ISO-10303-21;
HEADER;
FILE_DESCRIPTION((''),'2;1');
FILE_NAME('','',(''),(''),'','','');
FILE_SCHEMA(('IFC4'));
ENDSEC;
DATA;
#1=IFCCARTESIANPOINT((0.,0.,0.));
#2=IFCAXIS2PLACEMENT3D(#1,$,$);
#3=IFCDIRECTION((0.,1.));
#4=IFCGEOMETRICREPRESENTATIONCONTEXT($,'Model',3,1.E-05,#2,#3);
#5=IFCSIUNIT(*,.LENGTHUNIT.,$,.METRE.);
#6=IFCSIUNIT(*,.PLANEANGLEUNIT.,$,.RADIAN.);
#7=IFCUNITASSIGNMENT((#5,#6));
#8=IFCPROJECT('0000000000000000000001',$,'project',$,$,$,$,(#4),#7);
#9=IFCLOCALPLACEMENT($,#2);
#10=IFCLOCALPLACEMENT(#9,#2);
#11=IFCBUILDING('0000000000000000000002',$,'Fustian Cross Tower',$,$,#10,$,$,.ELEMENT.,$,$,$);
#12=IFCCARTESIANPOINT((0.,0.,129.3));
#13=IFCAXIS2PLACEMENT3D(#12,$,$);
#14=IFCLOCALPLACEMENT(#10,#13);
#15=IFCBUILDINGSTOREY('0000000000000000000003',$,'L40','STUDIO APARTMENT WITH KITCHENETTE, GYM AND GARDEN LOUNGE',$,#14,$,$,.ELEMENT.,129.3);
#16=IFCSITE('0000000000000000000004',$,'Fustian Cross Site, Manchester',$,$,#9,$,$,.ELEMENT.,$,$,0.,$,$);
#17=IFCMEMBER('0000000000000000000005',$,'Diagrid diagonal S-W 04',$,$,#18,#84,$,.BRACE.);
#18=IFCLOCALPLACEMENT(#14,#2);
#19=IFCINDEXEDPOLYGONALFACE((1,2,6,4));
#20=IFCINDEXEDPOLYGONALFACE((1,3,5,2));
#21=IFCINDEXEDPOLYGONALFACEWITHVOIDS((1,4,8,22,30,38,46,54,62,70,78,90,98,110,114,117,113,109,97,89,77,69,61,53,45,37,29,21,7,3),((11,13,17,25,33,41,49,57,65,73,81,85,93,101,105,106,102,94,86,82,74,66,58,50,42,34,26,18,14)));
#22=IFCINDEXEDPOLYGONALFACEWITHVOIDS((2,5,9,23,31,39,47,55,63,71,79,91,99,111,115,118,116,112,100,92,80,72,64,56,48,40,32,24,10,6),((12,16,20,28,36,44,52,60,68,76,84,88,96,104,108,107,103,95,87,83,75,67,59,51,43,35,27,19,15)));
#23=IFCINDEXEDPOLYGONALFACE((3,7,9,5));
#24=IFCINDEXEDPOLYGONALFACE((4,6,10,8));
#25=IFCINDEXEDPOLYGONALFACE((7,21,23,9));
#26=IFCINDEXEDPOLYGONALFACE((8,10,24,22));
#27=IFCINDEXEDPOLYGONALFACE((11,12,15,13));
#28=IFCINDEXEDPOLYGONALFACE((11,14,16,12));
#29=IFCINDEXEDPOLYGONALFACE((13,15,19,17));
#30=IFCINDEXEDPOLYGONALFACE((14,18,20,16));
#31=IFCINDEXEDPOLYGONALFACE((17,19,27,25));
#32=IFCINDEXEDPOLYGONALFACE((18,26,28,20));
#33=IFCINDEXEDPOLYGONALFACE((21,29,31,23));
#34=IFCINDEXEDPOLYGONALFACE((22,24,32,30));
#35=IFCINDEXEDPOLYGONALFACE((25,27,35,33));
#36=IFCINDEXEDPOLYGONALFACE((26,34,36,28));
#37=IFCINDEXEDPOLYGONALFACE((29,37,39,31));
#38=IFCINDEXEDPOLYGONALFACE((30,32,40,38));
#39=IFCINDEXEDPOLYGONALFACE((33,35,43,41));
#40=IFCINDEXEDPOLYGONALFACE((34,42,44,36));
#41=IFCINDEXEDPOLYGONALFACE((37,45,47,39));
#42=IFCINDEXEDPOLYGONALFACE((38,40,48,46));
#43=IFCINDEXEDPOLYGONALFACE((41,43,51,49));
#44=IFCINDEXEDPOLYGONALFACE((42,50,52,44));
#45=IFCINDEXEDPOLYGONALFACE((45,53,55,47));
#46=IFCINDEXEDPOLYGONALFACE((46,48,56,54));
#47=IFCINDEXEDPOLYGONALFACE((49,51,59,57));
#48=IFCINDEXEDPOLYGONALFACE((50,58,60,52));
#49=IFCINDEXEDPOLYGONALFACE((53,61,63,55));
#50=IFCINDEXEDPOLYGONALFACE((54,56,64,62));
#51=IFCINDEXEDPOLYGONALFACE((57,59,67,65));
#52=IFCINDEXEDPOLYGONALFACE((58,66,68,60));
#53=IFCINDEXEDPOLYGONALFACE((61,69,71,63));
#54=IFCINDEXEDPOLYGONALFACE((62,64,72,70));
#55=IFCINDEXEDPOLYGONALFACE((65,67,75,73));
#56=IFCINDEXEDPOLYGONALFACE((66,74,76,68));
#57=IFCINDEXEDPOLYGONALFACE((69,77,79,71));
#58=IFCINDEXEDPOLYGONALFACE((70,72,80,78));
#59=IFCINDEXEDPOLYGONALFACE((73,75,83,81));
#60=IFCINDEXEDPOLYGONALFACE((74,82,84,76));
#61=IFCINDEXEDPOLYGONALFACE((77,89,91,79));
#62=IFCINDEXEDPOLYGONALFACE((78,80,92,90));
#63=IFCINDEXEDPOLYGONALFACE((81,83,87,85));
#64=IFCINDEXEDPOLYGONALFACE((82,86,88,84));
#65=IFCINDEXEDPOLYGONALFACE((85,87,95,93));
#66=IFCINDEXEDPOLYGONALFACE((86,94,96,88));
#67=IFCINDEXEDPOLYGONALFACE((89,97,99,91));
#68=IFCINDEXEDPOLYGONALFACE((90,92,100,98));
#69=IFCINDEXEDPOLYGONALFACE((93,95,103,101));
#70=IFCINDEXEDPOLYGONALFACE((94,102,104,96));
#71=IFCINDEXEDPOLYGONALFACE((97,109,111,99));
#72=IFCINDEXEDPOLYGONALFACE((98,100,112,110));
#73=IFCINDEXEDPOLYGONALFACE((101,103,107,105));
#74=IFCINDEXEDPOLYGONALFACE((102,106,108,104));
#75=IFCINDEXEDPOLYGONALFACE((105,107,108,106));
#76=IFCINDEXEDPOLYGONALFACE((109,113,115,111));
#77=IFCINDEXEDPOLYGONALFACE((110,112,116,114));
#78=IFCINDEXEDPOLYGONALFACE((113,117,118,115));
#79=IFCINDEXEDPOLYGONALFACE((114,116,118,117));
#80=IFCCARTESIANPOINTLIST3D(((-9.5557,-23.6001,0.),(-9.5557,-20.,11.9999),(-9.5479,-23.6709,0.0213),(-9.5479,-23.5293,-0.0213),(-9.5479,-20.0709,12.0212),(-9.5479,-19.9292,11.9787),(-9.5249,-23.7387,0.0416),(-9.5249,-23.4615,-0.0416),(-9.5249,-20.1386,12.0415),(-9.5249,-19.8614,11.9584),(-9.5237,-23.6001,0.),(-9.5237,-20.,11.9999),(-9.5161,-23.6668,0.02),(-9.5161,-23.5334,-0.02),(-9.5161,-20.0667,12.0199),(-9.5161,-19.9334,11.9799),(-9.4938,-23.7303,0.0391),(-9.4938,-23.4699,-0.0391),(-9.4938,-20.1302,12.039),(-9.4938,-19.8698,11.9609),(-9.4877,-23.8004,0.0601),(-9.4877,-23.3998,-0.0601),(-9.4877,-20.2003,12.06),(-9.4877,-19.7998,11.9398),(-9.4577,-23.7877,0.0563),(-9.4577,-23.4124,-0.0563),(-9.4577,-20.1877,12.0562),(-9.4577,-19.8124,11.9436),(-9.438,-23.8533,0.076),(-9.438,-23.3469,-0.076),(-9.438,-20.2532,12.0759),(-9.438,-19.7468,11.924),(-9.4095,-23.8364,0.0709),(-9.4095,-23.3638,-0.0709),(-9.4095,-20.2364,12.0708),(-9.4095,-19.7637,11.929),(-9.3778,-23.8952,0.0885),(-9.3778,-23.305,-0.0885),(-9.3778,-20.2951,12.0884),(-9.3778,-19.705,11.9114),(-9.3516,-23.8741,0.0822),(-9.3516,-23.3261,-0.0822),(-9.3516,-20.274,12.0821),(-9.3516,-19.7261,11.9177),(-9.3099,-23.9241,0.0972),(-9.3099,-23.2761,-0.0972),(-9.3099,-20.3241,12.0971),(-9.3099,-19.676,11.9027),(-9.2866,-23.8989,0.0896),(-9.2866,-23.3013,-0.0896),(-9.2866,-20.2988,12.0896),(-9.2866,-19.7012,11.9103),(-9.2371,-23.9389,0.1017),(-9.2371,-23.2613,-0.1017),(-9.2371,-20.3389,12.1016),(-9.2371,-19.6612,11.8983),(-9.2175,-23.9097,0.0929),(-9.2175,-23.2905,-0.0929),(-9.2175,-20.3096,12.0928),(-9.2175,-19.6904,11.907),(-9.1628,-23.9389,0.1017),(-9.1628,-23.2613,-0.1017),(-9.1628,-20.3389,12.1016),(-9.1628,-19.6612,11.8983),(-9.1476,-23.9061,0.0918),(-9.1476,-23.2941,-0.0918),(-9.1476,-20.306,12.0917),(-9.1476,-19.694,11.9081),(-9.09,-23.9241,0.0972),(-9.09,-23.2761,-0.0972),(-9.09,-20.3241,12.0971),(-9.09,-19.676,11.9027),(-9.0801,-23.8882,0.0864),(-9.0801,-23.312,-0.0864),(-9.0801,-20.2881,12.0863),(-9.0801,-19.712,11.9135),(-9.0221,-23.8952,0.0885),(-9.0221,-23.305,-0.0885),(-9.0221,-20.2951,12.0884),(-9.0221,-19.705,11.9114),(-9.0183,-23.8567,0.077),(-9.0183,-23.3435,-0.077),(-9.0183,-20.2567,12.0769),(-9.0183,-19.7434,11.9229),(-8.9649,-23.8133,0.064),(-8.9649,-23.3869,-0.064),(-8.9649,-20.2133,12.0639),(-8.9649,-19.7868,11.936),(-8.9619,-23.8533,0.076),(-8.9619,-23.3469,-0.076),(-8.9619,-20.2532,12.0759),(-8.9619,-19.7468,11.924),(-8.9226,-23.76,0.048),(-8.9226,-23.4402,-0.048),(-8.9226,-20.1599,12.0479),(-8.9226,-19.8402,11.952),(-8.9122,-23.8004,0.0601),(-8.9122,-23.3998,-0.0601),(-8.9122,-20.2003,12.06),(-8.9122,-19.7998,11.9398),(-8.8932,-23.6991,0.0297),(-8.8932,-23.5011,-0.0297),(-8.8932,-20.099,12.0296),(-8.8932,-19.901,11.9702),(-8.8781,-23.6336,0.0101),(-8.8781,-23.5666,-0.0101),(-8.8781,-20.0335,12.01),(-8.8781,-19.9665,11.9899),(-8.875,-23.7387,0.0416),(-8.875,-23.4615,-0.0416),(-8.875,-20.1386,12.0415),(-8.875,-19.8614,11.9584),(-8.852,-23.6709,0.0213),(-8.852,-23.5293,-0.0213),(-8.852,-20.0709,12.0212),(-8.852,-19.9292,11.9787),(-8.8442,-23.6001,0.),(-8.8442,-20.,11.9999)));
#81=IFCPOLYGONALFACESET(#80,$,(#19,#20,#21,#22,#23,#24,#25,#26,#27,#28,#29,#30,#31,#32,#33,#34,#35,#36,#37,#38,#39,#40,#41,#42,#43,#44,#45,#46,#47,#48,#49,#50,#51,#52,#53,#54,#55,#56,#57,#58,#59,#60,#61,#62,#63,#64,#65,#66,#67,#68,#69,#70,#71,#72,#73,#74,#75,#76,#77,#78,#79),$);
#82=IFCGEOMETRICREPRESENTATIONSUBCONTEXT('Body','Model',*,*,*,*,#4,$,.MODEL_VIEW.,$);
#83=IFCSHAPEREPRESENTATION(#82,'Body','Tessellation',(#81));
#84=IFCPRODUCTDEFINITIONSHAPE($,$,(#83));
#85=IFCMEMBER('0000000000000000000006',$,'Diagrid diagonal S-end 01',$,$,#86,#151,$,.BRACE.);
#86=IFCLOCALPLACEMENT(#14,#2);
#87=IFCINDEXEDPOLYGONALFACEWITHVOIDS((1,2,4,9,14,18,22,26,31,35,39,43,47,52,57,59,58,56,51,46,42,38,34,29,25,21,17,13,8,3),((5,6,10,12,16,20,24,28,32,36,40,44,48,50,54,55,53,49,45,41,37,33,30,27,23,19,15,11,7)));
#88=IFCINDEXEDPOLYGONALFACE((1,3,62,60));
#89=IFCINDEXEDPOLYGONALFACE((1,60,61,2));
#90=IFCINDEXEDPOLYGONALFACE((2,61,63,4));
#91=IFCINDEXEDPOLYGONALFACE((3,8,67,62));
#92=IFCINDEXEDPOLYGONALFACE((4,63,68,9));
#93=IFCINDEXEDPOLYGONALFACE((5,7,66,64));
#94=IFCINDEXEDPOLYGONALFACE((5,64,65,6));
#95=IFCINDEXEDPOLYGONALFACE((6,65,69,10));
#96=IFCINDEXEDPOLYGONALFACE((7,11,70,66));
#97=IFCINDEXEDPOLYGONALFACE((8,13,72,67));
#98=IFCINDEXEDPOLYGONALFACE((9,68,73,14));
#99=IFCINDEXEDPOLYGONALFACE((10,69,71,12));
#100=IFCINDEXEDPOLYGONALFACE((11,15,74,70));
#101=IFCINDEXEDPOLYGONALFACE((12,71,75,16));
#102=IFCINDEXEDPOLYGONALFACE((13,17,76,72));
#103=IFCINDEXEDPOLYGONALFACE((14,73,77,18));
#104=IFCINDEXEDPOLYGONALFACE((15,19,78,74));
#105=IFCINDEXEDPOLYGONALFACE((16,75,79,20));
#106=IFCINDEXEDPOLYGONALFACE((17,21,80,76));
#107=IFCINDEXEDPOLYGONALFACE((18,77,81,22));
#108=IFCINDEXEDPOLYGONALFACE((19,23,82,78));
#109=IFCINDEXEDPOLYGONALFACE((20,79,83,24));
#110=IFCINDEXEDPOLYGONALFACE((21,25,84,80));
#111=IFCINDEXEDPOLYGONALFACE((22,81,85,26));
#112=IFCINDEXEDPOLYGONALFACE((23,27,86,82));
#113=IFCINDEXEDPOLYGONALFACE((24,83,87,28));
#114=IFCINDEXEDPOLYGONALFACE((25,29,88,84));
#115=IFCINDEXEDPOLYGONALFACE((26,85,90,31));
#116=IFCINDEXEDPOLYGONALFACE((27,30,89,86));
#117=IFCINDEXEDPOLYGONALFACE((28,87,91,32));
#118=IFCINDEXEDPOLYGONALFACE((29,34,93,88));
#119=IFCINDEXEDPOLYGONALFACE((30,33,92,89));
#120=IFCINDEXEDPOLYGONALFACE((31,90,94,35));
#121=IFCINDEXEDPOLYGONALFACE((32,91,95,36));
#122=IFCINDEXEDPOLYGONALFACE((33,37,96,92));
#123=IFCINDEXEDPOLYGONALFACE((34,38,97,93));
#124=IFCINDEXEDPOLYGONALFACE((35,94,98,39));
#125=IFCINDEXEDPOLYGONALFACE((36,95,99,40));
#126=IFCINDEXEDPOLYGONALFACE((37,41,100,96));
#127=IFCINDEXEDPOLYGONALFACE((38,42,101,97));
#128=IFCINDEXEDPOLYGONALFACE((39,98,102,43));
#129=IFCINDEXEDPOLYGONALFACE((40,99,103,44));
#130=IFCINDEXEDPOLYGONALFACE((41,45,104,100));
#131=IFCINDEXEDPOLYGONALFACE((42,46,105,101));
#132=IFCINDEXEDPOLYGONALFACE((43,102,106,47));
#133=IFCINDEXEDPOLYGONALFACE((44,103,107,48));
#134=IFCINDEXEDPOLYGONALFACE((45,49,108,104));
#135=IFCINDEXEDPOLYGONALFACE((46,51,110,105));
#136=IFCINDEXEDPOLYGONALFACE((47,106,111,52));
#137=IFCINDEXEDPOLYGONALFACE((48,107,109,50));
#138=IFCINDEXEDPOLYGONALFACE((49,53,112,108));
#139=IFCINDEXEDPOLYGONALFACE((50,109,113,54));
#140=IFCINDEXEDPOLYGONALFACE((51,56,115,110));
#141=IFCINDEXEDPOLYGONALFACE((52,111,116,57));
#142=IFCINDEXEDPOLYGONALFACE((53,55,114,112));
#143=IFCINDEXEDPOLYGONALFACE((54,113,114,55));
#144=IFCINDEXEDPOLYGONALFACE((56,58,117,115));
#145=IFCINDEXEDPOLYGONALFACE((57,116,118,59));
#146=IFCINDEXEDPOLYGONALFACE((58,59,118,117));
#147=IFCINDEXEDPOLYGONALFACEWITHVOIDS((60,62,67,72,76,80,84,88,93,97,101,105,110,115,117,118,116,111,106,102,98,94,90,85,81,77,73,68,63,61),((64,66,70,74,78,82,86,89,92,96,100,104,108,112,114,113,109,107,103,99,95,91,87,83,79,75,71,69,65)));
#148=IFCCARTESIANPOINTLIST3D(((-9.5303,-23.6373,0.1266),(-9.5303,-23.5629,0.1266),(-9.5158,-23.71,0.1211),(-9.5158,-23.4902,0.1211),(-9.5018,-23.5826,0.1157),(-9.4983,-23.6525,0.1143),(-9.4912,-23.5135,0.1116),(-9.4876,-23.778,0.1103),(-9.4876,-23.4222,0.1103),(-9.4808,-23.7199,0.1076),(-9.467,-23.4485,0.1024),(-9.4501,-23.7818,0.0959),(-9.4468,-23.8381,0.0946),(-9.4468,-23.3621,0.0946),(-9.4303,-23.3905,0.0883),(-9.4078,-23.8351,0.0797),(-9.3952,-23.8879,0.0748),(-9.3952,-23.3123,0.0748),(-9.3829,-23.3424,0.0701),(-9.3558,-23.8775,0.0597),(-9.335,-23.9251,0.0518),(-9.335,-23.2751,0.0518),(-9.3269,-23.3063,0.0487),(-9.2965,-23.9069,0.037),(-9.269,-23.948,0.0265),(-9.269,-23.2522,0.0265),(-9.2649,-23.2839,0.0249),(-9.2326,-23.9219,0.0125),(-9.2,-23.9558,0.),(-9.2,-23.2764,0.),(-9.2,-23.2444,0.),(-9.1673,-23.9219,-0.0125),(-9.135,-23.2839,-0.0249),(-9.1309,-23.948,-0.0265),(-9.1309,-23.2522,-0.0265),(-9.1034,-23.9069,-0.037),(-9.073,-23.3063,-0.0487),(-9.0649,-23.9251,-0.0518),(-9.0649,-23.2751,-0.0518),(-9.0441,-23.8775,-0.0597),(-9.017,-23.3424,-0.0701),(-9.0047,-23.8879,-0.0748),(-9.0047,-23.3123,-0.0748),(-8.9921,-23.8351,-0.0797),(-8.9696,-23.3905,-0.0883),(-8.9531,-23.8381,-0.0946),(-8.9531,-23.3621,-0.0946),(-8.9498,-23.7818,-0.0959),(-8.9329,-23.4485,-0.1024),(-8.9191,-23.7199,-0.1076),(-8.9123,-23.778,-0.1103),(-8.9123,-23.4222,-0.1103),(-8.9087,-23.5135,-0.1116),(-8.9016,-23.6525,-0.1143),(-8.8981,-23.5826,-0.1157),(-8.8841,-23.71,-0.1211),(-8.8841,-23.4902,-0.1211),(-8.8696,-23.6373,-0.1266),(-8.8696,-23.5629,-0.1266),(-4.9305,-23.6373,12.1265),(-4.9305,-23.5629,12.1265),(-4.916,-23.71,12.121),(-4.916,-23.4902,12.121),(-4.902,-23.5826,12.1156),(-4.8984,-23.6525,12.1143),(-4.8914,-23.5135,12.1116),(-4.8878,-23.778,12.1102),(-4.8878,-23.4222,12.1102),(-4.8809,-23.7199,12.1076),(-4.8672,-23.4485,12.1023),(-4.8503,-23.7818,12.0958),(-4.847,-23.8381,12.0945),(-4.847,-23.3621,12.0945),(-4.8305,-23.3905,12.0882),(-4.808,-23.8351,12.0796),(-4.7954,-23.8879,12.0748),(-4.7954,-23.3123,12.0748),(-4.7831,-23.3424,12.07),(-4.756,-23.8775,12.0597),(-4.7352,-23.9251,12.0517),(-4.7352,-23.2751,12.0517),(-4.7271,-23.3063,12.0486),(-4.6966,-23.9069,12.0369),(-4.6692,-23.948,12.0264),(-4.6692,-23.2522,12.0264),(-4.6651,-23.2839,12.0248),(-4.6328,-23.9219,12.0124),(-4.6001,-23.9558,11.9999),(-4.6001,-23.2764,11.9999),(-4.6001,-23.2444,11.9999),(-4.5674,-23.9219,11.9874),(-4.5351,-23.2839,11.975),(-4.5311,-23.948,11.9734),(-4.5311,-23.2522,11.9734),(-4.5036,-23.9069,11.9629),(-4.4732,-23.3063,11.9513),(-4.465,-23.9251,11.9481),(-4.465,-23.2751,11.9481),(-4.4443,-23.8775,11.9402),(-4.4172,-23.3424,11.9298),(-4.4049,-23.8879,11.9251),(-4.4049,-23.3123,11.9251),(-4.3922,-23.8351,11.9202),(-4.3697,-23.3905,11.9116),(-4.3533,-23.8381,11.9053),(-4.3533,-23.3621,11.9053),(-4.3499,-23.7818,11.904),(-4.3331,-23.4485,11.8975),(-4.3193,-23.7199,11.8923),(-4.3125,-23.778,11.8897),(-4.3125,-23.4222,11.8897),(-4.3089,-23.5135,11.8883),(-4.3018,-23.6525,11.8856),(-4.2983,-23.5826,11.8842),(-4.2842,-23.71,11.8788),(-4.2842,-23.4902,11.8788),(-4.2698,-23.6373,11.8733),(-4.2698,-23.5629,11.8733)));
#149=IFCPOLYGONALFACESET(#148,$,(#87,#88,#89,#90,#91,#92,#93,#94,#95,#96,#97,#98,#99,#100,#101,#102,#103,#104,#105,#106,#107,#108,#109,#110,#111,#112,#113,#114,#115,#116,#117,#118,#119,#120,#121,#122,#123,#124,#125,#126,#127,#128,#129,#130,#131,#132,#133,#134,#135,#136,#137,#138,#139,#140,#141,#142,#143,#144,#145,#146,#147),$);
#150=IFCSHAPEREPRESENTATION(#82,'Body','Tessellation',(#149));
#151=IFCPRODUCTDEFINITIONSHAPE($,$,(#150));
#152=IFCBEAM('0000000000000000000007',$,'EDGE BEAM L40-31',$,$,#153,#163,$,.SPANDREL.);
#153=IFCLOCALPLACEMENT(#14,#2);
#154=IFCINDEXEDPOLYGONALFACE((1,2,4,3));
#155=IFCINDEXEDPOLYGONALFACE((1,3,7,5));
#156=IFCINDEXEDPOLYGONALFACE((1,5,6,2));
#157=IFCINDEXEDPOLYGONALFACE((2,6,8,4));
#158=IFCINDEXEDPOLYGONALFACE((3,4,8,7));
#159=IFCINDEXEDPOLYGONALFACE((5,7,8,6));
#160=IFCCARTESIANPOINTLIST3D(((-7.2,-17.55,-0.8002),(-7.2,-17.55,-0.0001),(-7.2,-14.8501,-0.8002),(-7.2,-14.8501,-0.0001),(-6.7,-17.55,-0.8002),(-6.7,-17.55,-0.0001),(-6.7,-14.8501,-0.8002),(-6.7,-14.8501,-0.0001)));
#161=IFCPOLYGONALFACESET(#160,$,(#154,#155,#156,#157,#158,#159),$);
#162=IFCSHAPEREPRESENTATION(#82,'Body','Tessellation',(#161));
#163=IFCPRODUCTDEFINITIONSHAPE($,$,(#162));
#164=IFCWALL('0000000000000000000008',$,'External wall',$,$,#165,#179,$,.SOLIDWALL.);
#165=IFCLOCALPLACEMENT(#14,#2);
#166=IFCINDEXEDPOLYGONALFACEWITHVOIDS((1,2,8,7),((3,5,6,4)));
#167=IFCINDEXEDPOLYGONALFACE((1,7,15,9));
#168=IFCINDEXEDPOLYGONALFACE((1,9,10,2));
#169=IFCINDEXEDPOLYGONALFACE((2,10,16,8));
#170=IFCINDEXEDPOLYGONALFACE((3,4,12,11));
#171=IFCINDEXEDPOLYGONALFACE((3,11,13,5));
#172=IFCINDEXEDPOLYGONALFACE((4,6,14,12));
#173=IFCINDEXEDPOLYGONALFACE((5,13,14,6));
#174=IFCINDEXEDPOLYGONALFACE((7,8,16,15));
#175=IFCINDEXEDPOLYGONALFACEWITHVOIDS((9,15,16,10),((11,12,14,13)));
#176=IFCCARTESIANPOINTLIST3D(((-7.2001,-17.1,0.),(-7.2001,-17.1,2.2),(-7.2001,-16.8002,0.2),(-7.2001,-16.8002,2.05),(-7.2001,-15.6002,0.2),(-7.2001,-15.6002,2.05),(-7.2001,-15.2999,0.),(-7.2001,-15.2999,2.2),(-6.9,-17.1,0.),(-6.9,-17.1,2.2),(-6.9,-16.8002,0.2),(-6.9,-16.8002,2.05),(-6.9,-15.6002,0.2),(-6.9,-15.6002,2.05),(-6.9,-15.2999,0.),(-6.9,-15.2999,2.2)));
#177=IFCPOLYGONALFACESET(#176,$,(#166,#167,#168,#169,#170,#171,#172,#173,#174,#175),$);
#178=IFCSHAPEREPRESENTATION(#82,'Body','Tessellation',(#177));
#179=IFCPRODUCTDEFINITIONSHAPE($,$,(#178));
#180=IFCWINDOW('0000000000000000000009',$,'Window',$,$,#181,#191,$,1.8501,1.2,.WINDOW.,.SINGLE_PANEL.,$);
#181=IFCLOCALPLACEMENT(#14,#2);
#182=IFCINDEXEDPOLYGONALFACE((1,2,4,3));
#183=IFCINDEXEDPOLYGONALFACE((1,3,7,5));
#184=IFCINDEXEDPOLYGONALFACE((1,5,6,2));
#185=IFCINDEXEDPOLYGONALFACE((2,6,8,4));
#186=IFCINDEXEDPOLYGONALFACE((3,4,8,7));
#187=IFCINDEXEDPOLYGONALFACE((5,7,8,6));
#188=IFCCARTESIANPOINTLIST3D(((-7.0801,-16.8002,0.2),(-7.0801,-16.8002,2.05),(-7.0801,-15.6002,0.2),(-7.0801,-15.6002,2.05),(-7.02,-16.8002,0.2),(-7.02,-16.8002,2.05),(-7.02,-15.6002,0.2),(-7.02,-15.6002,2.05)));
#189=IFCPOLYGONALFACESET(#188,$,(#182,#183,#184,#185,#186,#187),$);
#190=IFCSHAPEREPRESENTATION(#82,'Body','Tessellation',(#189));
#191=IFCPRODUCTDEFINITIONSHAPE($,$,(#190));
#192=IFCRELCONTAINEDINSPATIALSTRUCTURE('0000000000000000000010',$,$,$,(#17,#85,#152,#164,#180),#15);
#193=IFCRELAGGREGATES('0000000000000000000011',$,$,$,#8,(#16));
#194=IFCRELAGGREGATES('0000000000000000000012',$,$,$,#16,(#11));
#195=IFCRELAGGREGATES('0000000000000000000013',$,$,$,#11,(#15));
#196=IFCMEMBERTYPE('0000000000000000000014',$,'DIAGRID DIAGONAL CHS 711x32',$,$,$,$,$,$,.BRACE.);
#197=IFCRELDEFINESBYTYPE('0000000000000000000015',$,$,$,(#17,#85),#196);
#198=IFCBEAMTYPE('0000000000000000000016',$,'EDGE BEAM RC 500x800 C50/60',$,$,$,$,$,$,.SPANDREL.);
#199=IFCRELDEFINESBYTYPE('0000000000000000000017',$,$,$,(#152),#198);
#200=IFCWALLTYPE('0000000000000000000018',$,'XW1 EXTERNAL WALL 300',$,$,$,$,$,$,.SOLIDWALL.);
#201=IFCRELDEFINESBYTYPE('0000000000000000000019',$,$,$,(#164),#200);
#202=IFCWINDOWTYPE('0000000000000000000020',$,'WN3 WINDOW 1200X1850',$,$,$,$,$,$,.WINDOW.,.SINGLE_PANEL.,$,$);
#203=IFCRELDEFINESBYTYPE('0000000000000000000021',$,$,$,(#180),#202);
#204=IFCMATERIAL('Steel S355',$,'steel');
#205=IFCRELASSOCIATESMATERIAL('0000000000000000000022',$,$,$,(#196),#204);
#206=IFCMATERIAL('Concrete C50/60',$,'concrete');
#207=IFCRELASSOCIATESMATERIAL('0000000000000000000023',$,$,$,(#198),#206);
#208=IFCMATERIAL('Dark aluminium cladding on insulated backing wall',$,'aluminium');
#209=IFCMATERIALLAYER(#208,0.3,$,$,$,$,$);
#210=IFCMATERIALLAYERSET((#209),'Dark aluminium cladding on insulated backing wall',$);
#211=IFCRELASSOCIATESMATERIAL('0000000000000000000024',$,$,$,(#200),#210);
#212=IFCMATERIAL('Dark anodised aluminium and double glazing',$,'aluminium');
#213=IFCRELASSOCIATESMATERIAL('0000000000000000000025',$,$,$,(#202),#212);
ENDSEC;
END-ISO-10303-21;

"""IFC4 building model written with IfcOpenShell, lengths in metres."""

from ifc_helpers import new_model, si_unit, direction, frame, frame_2d, origin, origin_2d, place, context, subcontext, project, spatial, rectangle, hollow_circle, extrude, material, layer, layer_set, material_profile, profile_set, type_object, element, fill, save


model = new_model("IFC4")

# Units and contexts
model_context = context("Model", 3, precision=1e-05, world=origin(), true_north=direction((0.0, 1.0)))
body_context = subcontext(model_context, "Body", "Model", "MODEL_VIEW")
ifc_project = project(units=[si_unit("LENGTHUNIT", "METRE"), si_unit("PLANEANGLEUNIT", "RADIAN")], contexts=[model_context])

# Site, building, storey
site_placement = place(None, origin())
site = spatial("IfcSite", under=ifc_project, at=site_placement, Name="Fustian Cross Site, Manchester", CompositionType="ELEMENT", RefElevation=0.0)
building_placement = place(site_placement, origin())
building = spatial("IfcBuilding", under=site, at=building_placement, Name="Fustian Cross Tower", CompositionType="ELEMENT")
storey_placement = place(building_placement, frame((0.0, 0.0, 129.3)))
storey = spatial("IfcBuildingStorey", under=building, at=storey_placement, Name="L40", Description="STUDIO APARTMENT WITH KITCHENETTE, GYM AND GARDEN LOUNGE", CompositionType="ELEMENT", Elevation=129.3)

# Members
ifc_material_1 = material(Name="Steel S355", Category="steel")
ifc_material_profile_1 = material_profile(ifc_material_1, hollow_circle(Radius=0.3557, WallThickness=0.032, at=origin_2d()), Name="CHS 711x32")
ifc_profile_set_1 = profile_set([ifc_material_profile_1], Name="Steel S355")
member_type_1 = type_object("IfcMemberType", Name="DIAGRID DIAGONAL CHS 711x32", PredefinedType="BRACE", material=ifc_profile_set_1)
member_1_placement = place(storey_placement, frame((-9.2, -23.6001, 0.0), z_axis=(0.0, 0.287355, 0.957824), x_axis=(-1.0, 0.0, 0.0)))
element("IfcMember", 1, at=member_1_placement, inside=storey, type_object=member_type_1, Name="Diagrid diagonal S-W 04", PredefinedType="BRACE", context=body_context, shape_type="SweptSolid", body=[
    extrude(hollow_circle(Radius=0.3557, WallThickness=0.032, at=origin_2d()), origin(), (0.0, 0.0, 1.0), 12.5283),
])
member_2_placement = place(storey_placement, frame((-9.2, -23.6001, 0.0), z_axis=(0.357926, 0.0, 0.93375), x_axis=(0.0, 1.0, 0.0)))
element("IfcMember", 2, at=member_2_placement, inside=storey, type_object=member_type_1, Name="Diagrid diagonal S-end 01", PredefinedType="BRACE", context=body_context, shape_type="SweptSolid", body=[
    extrude(hollow_circle(Radius=0.3557, WallThickness=0.032, at=origin_2d()), origin(), (0.0, 0.0, 1.0), 12.8513),
])

# Beam
ifc_material_2 = material(Name="Concrete C50/60", Category="concrete")
ifc_material_profile_2 = material_profile(ifc_material_2, rectangle(XDim=0.5, YDim=0.8, at=origin_2d()), Name="RC 500x800")
ifc_profile_set_2 = profile_set([ifc_material_profile_2], Name="Concrete C50/60")
beam_type = type_object("IfcBeamType", Name="EDGE BEAM RC 500x800 C50/60", PredefinedType="SPANDREL", material=ifc_profile_set_2)
beam_placement = place(storey_placement, frame((-6.95, -14.8501, -0.4001), z_axis=(0.0, -1.0, 0.0), x_axis=(1.0, 0.0, 0.0)))
element("IfcBeam", 3, at=beam_placement, inside=storey, type_object=beam_type, Name="EDGE BEAM L40-31", PredefinedType="SPANDREL", context=body_context, shape_type="SweptSolid", body=[
    extrude(rectangle(XDim=0.5, YDim=0.8, at=origin_2d()), origin(), (0.0, 0.0, 1.0), 2.7),
])

# Wall, opening, window
ifc_material_3 = material(Name="Dark aluminium cladding on insulated backing wall", Category="aluminium")
ifc_layer = layer(ifc_material_3, 0.3)
ifc_layer_set = layer_set([ifc_layer], Name="Dark aluminium cladding on insulated backing wall")
wall_type = type_object("IfcWallType", Name="XW1 EXTERNAL WALL 300", PredefinedType="SOLIDWALL", material=ifc_layer_set)
wall_1_placement = place(storey_placement, frame((-7.05, -15.3, 0.0), z_axis=(0.0, 0.0, 1.0), x_axis=(0.0, -1.0, 0.0)))
wall_1 = element("IfcWall", 4, at=wall_1_placement, inside=storey, type_object=wall_type, Name="External wall", PredefinedType="SOLIDWALL", context=body_context, shape_type="SweptSolid", body=[
    extrude(rectangle(XDim=1.8, YDim=0.3, at=frame_2d((0.8999, 0.0))), origin(), (0.0, 0.0, 1.0), 2.2),
])
opening_1_placement = place(wall_1_placement, frame((0.3, 0.0, 0.2)))
opening_1 = element("IfcOpeningElement", 5, at=opening_1_placement, cuts=wall_1, PredefinedType="OPENING", context=body_context, shape_type="SweptSolid", body=[
    extrude(rectangle(XDim=1.2, YDim=1.8501, at=frame_2d((0.6001, 0.925))), frame((0.0, 0.1599, 0.0), z_axis=(0.0, -1.0, 0.0), x_axis=(1.0, 0.0, 0.0)), (0.0, 0.0, 1.0), 0.3201),
])
ifc_material_4 = material(Name="Dark anodised aluminium and double glazing", Category="aluminium")
window_type = type_object("IfcWindowType", Name="WN3 WINDOW 1200X1850", PartitioningType="SINGLE_PANEL", PredefinedType="WINDOW", material=ifc_material_4)
window_1_placement = place(opening_1_placement, origin())
window_1 = element("IfcWindow", 6, at=window_1_placement, inside=storey, type_object=window_type, Name="Window", OverallHeight=1.8501, OverallWidth=1.2, PartitioningType="SINGLE_PANEL", PredefinedType="WINDOW", context=body_context, shape_type="SweptSolid", body=[
    extrude(rectangle(XDim=1.2, YDim=1.8501, at=frame_2d((0.6001, 0.925))), frame((0.0, 0.03, 0.0), z_axis=(0.0, -1.0, 0.0), x_axis=(1.0, 0.0, 0.0)), (0.0, 0.0, 1.0), 0.0601),
])
fill(opening_1, window_1)

save(model, "model.ifc")
